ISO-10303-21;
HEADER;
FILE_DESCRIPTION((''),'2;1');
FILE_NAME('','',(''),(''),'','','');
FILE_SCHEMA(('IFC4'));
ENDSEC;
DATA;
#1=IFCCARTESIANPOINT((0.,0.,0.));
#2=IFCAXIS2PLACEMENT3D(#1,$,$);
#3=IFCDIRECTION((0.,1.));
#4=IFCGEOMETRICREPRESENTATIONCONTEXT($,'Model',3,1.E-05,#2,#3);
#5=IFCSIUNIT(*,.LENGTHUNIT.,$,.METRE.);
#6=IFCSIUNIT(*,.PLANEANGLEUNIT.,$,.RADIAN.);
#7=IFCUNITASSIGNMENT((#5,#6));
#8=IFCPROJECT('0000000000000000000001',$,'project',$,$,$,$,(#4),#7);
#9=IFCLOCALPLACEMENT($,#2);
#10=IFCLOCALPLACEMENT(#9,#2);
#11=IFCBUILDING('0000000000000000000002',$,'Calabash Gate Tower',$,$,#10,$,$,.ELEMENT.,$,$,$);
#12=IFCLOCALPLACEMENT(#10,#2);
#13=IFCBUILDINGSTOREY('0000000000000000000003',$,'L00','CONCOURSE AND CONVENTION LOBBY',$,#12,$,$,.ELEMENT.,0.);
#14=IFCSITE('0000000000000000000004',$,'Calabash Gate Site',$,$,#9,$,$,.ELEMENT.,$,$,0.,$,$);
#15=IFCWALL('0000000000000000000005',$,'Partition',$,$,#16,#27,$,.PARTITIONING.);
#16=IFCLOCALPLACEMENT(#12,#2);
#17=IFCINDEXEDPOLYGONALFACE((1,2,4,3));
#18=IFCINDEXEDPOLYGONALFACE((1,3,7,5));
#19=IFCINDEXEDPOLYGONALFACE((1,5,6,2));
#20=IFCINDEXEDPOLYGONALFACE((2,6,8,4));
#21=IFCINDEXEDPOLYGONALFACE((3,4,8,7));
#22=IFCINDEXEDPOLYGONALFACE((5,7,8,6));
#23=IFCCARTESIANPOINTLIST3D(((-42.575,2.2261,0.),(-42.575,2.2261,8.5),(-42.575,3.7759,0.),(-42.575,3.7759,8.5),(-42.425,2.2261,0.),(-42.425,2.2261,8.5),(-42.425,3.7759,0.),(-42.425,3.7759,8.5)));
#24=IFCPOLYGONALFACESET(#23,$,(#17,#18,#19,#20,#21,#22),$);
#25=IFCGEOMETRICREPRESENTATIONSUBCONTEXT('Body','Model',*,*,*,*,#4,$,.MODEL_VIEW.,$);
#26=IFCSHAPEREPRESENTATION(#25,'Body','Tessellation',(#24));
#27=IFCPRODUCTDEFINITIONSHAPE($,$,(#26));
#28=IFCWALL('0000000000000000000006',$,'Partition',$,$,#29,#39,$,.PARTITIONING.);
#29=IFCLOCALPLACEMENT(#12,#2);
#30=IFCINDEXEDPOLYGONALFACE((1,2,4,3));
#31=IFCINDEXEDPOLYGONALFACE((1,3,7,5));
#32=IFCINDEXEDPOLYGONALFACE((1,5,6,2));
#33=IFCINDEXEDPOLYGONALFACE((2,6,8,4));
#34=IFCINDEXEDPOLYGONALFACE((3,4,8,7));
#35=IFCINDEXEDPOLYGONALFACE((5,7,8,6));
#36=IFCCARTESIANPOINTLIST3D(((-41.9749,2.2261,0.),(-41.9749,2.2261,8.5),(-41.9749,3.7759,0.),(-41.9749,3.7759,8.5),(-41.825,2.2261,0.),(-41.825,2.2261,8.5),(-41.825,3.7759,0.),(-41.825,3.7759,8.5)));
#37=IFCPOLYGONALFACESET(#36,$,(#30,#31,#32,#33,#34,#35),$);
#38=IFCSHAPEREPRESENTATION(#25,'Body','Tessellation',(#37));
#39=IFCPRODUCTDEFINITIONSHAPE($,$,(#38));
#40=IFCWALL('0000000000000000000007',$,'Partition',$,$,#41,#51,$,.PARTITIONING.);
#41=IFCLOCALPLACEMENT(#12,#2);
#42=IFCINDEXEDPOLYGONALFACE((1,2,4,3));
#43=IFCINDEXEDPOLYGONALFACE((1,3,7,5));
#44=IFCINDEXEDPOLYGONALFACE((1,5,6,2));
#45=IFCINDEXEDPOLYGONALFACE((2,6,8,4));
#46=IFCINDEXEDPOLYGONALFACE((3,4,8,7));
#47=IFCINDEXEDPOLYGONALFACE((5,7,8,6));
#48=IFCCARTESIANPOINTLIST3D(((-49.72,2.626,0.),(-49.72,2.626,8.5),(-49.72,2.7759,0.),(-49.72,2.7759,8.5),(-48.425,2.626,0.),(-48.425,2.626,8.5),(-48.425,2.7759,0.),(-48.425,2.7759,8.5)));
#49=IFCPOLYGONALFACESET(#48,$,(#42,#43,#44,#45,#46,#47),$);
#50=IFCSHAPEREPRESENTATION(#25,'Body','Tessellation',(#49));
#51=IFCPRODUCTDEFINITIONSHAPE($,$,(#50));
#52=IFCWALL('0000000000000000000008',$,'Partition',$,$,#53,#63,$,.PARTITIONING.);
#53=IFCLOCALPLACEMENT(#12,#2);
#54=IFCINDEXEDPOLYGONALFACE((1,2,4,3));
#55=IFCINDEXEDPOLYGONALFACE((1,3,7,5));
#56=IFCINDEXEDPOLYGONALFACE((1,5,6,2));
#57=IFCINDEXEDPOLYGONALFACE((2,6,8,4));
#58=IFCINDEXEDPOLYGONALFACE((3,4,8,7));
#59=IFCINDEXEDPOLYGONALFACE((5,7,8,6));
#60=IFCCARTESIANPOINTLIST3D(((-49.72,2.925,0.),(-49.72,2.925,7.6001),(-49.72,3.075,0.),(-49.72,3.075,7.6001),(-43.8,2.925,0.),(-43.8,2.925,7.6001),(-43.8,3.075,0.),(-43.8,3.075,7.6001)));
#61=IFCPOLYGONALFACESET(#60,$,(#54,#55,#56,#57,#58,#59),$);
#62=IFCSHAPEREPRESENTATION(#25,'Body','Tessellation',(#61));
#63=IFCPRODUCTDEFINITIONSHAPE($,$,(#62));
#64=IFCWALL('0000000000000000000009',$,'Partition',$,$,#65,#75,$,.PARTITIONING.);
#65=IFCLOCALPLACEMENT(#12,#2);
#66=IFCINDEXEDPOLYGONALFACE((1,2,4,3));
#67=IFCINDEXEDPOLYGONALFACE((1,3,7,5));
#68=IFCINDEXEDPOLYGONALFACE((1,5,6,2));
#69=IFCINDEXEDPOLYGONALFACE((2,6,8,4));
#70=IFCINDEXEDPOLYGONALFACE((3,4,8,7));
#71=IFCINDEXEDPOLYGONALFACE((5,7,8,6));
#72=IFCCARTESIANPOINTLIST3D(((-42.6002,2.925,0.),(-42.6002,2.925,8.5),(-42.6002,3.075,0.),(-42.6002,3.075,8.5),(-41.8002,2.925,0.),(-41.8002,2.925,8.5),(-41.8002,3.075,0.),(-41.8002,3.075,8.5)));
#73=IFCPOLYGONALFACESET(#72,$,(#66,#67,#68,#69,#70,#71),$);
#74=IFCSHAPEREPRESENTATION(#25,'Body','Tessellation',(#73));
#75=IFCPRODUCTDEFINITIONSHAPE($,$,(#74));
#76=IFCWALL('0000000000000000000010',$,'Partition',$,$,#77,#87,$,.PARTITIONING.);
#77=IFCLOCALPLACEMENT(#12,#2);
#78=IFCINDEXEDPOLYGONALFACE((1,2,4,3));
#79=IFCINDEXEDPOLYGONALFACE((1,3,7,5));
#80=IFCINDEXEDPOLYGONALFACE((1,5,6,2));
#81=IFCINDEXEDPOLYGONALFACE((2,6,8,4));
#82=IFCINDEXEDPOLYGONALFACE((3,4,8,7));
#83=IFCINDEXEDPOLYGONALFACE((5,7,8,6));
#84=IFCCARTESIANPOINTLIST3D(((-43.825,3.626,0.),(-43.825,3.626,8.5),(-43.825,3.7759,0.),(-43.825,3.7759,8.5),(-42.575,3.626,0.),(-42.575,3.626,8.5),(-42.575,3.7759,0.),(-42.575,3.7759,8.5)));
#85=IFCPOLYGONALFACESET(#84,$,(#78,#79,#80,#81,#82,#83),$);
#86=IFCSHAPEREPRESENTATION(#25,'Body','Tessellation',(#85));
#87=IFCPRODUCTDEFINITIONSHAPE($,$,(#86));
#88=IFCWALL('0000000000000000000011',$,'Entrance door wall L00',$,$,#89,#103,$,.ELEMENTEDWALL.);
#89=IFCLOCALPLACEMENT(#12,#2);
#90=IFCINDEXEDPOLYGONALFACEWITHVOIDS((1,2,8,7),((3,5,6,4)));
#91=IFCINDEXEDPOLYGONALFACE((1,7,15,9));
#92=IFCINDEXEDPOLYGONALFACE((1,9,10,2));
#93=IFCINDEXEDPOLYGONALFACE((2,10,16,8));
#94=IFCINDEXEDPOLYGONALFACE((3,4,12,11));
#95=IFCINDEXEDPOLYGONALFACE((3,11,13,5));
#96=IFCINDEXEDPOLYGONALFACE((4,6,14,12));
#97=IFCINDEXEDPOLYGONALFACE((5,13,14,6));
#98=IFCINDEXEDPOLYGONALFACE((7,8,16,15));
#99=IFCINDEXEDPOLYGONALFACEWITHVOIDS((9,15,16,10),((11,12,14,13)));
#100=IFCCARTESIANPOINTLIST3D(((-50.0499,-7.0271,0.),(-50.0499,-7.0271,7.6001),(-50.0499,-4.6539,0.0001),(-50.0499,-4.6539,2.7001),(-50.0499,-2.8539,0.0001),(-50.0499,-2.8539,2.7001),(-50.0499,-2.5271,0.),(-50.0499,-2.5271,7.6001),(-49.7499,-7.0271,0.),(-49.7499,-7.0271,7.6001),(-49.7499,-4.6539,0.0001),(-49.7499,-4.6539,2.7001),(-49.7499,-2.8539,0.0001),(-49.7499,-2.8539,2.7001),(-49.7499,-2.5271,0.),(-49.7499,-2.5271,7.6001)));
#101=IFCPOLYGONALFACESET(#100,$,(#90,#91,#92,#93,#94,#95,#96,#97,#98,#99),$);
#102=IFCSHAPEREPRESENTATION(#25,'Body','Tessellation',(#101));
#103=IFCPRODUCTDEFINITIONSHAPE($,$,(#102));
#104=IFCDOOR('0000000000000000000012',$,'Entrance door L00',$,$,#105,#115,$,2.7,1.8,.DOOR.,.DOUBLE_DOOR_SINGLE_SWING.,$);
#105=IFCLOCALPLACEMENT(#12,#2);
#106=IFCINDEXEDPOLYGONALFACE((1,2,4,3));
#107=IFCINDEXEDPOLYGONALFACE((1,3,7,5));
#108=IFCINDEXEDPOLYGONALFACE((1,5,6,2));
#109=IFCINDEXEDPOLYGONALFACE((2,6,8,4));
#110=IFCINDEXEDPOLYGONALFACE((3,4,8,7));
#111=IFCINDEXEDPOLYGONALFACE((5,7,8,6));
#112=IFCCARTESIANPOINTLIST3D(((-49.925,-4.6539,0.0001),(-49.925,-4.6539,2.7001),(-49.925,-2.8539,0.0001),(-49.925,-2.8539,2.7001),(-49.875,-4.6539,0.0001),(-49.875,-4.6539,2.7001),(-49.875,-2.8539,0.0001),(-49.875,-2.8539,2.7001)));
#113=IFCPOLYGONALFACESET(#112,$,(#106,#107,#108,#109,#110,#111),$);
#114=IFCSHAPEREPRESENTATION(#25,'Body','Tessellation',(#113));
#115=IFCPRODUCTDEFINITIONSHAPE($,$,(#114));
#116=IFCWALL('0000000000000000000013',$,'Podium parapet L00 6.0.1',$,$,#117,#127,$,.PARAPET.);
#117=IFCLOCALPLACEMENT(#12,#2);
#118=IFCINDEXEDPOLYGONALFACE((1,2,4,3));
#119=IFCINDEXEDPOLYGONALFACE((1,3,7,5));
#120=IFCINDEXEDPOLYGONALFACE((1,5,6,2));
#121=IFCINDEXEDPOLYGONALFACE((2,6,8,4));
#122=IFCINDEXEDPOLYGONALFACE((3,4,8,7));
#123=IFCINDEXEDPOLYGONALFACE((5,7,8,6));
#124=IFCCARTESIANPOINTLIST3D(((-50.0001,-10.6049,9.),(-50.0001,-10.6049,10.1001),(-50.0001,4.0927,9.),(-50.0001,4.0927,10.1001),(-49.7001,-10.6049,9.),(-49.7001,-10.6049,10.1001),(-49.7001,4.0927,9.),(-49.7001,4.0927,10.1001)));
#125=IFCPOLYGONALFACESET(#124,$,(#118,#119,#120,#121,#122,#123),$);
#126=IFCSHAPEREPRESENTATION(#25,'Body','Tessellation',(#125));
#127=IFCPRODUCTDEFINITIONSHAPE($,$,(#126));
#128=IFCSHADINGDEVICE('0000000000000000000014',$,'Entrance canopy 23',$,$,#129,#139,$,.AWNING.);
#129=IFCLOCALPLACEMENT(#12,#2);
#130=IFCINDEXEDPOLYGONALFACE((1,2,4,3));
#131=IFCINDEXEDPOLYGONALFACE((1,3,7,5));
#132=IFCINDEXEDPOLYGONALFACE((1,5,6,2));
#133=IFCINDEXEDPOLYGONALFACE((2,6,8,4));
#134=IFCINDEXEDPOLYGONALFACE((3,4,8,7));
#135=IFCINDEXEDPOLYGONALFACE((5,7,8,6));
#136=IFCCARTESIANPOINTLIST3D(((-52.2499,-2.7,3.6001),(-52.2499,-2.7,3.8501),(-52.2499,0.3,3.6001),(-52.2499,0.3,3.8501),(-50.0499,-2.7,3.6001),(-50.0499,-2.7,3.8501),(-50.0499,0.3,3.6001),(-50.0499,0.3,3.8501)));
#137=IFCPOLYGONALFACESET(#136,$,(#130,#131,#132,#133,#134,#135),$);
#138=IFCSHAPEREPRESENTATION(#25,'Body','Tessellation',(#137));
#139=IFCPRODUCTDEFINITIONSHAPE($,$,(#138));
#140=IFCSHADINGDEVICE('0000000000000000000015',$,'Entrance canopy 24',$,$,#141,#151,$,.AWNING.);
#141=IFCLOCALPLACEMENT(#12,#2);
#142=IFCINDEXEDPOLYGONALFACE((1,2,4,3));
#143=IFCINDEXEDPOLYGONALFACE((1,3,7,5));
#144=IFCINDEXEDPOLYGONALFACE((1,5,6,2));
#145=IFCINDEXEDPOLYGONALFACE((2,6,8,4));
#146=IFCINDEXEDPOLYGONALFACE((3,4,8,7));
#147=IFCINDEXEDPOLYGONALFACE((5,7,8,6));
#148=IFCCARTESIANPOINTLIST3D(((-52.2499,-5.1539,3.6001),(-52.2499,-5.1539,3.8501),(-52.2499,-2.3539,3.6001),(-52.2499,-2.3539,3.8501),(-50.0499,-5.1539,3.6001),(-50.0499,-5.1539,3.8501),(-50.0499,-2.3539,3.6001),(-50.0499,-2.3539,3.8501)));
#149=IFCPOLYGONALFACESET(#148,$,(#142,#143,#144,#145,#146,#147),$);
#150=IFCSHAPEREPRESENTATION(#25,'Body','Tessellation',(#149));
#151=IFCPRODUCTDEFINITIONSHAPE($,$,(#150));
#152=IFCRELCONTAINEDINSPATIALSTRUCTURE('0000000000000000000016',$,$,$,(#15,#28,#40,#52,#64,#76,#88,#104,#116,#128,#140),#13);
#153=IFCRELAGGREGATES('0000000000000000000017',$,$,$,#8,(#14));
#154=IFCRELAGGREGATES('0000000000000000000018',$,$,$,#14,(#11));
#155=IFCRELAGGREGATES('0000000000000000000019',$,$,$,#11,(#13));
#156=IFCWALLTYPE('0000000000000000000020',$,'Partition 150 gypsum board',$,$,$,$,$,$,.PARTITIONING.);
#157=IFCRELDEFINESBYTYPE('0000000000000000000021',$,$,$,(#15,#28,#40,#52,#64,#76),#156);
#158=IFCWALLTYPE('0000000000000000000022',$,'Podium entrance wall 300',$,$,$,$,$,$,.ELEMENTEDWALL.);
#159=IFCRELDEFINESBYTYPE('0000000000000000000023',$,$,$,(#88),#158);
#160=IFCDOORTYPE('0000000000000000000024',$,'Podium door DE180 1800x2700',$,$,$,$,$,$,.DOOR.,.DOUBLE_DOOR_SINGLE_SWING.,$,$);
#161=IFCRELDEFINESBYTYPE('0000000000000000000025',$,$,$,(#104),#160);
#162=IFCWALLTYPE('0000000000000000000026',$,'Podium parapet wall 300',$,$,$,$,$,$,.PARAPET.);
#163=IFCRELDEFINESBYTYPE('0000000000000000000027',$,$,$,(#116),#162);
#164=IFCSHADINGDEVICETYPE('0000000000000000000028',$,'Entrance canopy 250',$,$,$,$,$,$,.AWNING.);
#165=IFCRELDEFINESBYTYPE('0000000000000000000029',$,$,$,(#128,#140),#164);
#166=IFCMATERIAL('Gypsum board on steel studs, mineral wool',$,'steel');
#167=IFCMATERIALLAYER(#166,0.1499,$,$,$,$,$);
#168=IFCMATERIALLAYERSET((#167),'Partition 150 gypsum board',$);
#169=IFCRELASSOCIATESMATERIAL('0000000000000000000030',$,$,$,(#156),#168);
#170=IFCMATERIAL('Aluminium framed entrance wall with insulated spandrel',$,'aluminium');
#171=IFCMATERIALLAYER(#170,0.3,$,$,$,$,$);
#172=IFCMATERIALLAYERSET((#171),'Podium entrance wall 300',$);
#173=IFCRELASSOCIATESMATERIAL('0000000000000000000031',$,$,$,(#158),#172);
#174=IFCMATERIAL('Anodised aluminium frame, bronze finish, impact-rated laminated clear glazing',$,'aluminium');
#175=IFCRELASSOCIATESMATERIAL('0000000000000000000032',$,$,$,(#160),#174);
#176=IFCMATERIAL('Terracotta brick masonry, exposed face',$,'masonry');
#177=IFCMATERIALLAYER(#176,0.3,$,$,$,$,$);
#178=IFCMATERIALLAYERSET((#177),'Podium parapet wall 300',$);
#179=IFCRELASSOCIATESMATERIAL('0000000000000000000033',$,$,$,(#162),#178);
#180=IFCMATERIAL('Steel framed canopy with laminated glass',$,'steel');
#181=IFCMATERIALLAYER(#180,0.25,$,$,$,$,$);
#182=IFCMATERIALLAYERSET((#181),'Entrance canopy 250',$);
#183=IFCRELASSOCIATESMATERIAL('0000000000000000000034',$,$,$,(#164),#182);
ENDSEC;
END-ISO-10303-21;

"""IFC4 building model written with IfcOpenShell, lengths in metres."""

from ifc_helpers import new_model, si_unit, direction, frame, frame_2d, origin, origin_2d, place, context, subcontext, project, spatial, rectangle, extrude, material, layer, layer_set, type_object, element, fill, save


model = new_model("IFC4")

# Units and contexts
model_context = context("Model", 3, precision=1e-05, world=origin(), true_north=direction((0.0, 1.0)))
body_context = subcontext(model_context, "Body", "Model", "MODEL_VIEW")
ifc_project = project(units=[si_unit("LENGTHUNIT", "METRE"), si_unit("PLANEANGLEUNIT", "RADIAN")], contexts=[model_context])

# Site, building, storey
site_placement = place(None, origin())
site = spatial("IfcSite", under=ifc_project, at=site_placement, Name="Calabash Gate Site", CompositionType="ELEMENT", RefElevation=0.0)
building_placement = place(site_placement, origin())
building = spatial("IfcBuilding", under=site, at=building_placement, Name="Calabash Gate Tower", CompositionType="ELEMENT")
storey_placement = place(building_placement, origin())
storey = spatial("IfcBuildingStorey", under=building, at=storey_placement, Name="L00", Description="CONCOURSE AND CONVENTION LOBBY", CompositionType="ELEMENT", Elevation=0.0)

# Shared definitions
ifc_material_1 = material(Name="Gypsum board on steel studs, mineral wool", Category="steel")
ifc_layer_1 = layer(ifc_material_1, 0.1499)
ifc_layer_set_1 = layer_set([ifc_layer_1], Name="Partition 150 gypsum board")
wall_type_1 = type_object("IfcWallType", Name="Partition 150 gypsum board", PredefinedType="PARTITIONING", material=ifc_layer_set_1)

# Walls
for number, where, z_axis, x_axis, name in (
    (1, (-42.5, 2.2261, 0.0), (0.0, 0.0, 1.0), (0.0, 1.0, 0.0), "Partition"),
    (2, (-41.8999, 2.2261, 0.0), (0.0, 0.0, 1.0), (0.0, 1.0, 0.0), "Partition"),
):
    element("IfcWall", number, at=place(storey_placement, frame(where, z_axis=z_axis, x_axis=x_axis)), inside=storey, type_object=wall_type_1, Name=name, PredefinedType="PARTITIONING", context=body_context, shape_type="SweptSolid", body=[
        extrude(rectangle(XDim=1.5498, YDim=0.1499, at=frame_2d((0.7749, 0.0))), origin(), (0.0, 0.0, 1.0), 8.5),
    ])
wall_1_placement = place(storey_placement, frame((-49.72, 2.7009, 0.0), z_axis=(0.0, 0.0, 1.0), x_axis=(1.0, 0.0, 0.0)))
element("IfcWall", 3, at=wall_1_placement, inside=storey, type_object=wall_type_1, Name="Partition", PredefinedType="PARTITIONING", context=body_context, shape_type="SweptSolid", body=[
    extrude(rectangle(XDim=1.2949, YDim=0.1499, at=frame_2d((0.6475, 0.0))), origin(), (0.0, 0.0, 1.0), 8.5),
])
wall_2_placement = place(storey_placement, frame((-49.72, 3.0, 0.0), z_axis=(0.0, 0.0, 1.0), x_axis=(1.0, 0.0, 0.0)))
element("IfcWall", 4, at=wall_2_placement, inside=storey, type_object=wall_type_1, Name="Partition", PredefinedType="PARTITIONING", context=body_context, shape_type="SweptSolid", body=[
    extrude(rectangle(XDim=5.9199, YDim=0.1499, at=frame_2d((2.96, 0.0))), origin(), (0.0, 0.0, 1.0), 7.6001),
])
wall_3_placement = place(storey_placement, frame((-42.6001, 3.0, 0.0), z_axis=(0.0, 0.0, 1.0), x_axis=(1.0, 0.0, 0.0)))
element("IfcWall", 5, at=wall_3_placement, inside=storey, type_object=wall_type_1, Name="Partition", PredefinedType="PARTITIONING", context=body_context, shape_type="SweptSolid", body=[
    extrude(rectangle(XDim=0.8, YDim=0.1499, at=frame_2d((0.3999, 0.0))), origin(), (0.0, 0.0, 1.0), 8.5),
])
wall_4_placement = place(storey_placement, frame((-43.825, 3.7009, 0.0), z_axis=(0.0, 0.0, 1.0), x_axis=(1.0, 0.0, 0.0)))
element("IfcWall", 6, at=wall_4_placement, inside=storey, type_object=wall_type_1, Name="Partition", PredefinedType="PARTITIONING", context=body_context, shape_type="SweptSolid", body=[
    extrude(rectangle(XDim=1.25, YDim=0.1499, at=frame_2d((0.625, 0.0))), origin(), (0.0, 0.0, 1.0), 8.5),
])

# Wall, opening, door
ifc_material_2 = material(Name="Aluminium framed entrance wall with insulated spandrel", Category="aluminium")
ifc_layer_2 = layer(ifc_material_2, 0.3)
ifc_layer_set_2 = layer_set([ifc_layer_2], Name="Podium entrance wall 300")
wall_type_2 = type_object("IfcWallType", Name="Podium entrance wall 300", PredefinedType="ELEMENTEDWALL", material=ifc_layer_set_2)
wall_5_placement = place(storey_placement, frame((-49.8999, -2.5271, 0.0), z_axis=(0.0, 0.0, 1.0), x_axis=(0.0, -1.0, 0.0)))
wall_5 = element("IfcWall", 7, at=wall_5_placement, inside=storey, type_object=wall_type_2, Name="Entrance door wall L00", PredefinedType="ELEMENTEDWALL", context=body_context, shape_type="SweptSolid", body=[
    extrude(rectangle(XDim=4.5, YDim=0.3, at=frame_2d((2.25, 0.0))), origin(), (0.0, 0.0, 1.0), 7.6001),
])
opening_1_placement = place(wall_5_placement, frame((0.3269, 0.0, 0.0)))
opening_1 = element("IfcOpeningElement", 8, at=opening_1_placement, cuts=wall_5, PredefinedType="OPENING", context=body_context, shape_type="SweptSolid", body=[
    extrude(rectangle(XDim=1.8, YDim=2.7, at=frame_2d((0.8999, 1.3501))), frame((0.0, 0.1599, 0.0), z_axis=(0.0, -1.0, 0.0), x_axis=(1.0, 0.0, 0.0)), (0.0, 0.0, 1.0), 0.3201),
])
ifc_material_3 = material(Name="Anodised aluminium frame, bronze finish, impact-rated laminated clear glazing", Category="aluminium")
door_type_1 = type_object("IfcDoorType", Name="Podium door DE180 1800x2700", OperationType="DOUBLE_DOOR_SINGLE_SWING", PredefinedType="DOOR", material=ifc_material_3)
door_1_placement = place(opening_1_placement, origin())
door_1 = element("IfcDoor", 9, at=door_1_placement, inside=storey, type_object=door_type_1, Name="Entrance door L00", OperationType="DOUBLE_DOOR_SINGLE_SWING", OverallHeight=2.7, OverallWidth=1.8, PredefinedType="DOOR", context=body_context, shape_type="SweptSolid", body=[
    extrude(rectangle(XDim=1.8, YDim=2.7, at=frame_2d((0.8999, 1.3501))), frame((0.0, 0.0249, 0.0), z_axis=(0.0, -1.0, 0.0), x_axis=(1.0, 0.0, 0.0)), (0.0, 0.0, 1.0), 0.05),
])
fill(opening_1, door_1)

# Wall
ifc_material_4 = material(Name="Terracotta brick masonry, exposed face", Category="masonry")
ifc_layer_3 = layer(ifc_material_4, 0.3)
ifc_layer_set_3 = layer_set([ifc_layer_3], Name="Podium parapet wall 300")
wall_type_3 = type_object("IfcWallType", Name="Podium parapet wall 300", PredefinedType="PARAPET", material=ifc_layer_set_3)
wall_6_placement = place(storey_placement, frame((-49.8501, 4.0925, 9.0), z_axis=(0.0, 0.0, 1.0), x_axis=(0.0, -1.0, 0.0)))
element("IfcWall", 10, at=wall_6_placement, inside=storey, type_object=wall_type_3, Name="Podium parapet L00 6.0.1", PredefinedType="PARAPET", context=body_context, shape_type="SweptSolid", body=[
    extrude(rectangle(XDim=14.6975, YDim=0.3, at=frame_2d((7.3486, 0.0))), origin(), (0.0, 0.0, 1.0), 1.1001),
])

# Shading devices
ifc_material_5 = material(Name="Steel framed canopy with laminated glass", Category="steel")
ifc_layer_4 = layer(ifc_material_5, 0.25)
ifc_layer_set_4 = layer_set([ifc_layer_4], Name="Entrance canopy 250")
shading_device_type = type_object("IfcShadingDeviceType", Name="Entrance canopy 250", PredefinedType="AWNING", material=ifc_layer_set_4)
shading_device_1_placement = place(storey_placement, frame((-51.1499, -1.2, 3.6001), z_axis=(0.0, 0.0, 1.0), x_axis=(0.0, -1.0, 0.0)))
element("IfcShadingDevice", 11, at=shading_device_1_placement, inside=storey, type_object=shading_device_type, Name="Entrance canopy 23", PredefinedType="AWNING", context=body_context, shape_type="SweptSolid", body=[
    extrude(rectangle(XDim=3.0, YDim=2.2, at=origin_2d()), origin(), (0.0, 0.0, 1.0), 0.25),
])
shading_device_2_placement = place(storey_placement, frame((-51.1499, -3.7539, 3.6001), z_axis=(0.0, 0.0, 1.0), x_axis=(0.0, -1.0, 0.0)))
element("IfcShadingDevice", 12, at=shading_device_2_placement, inside=storey, type_object=shading_device_type, Name="Entrance canopy 24", PredefinedType="AWNING", context=body_context, shape_type="SweptSolid", body=[
    extrude(rectangle(XDim=2.8, YDim=2.2, at=origin_2d()), origin(), (0.0, 0.0, 1.0), 0.25),
])

save(model, "model.ifc")
